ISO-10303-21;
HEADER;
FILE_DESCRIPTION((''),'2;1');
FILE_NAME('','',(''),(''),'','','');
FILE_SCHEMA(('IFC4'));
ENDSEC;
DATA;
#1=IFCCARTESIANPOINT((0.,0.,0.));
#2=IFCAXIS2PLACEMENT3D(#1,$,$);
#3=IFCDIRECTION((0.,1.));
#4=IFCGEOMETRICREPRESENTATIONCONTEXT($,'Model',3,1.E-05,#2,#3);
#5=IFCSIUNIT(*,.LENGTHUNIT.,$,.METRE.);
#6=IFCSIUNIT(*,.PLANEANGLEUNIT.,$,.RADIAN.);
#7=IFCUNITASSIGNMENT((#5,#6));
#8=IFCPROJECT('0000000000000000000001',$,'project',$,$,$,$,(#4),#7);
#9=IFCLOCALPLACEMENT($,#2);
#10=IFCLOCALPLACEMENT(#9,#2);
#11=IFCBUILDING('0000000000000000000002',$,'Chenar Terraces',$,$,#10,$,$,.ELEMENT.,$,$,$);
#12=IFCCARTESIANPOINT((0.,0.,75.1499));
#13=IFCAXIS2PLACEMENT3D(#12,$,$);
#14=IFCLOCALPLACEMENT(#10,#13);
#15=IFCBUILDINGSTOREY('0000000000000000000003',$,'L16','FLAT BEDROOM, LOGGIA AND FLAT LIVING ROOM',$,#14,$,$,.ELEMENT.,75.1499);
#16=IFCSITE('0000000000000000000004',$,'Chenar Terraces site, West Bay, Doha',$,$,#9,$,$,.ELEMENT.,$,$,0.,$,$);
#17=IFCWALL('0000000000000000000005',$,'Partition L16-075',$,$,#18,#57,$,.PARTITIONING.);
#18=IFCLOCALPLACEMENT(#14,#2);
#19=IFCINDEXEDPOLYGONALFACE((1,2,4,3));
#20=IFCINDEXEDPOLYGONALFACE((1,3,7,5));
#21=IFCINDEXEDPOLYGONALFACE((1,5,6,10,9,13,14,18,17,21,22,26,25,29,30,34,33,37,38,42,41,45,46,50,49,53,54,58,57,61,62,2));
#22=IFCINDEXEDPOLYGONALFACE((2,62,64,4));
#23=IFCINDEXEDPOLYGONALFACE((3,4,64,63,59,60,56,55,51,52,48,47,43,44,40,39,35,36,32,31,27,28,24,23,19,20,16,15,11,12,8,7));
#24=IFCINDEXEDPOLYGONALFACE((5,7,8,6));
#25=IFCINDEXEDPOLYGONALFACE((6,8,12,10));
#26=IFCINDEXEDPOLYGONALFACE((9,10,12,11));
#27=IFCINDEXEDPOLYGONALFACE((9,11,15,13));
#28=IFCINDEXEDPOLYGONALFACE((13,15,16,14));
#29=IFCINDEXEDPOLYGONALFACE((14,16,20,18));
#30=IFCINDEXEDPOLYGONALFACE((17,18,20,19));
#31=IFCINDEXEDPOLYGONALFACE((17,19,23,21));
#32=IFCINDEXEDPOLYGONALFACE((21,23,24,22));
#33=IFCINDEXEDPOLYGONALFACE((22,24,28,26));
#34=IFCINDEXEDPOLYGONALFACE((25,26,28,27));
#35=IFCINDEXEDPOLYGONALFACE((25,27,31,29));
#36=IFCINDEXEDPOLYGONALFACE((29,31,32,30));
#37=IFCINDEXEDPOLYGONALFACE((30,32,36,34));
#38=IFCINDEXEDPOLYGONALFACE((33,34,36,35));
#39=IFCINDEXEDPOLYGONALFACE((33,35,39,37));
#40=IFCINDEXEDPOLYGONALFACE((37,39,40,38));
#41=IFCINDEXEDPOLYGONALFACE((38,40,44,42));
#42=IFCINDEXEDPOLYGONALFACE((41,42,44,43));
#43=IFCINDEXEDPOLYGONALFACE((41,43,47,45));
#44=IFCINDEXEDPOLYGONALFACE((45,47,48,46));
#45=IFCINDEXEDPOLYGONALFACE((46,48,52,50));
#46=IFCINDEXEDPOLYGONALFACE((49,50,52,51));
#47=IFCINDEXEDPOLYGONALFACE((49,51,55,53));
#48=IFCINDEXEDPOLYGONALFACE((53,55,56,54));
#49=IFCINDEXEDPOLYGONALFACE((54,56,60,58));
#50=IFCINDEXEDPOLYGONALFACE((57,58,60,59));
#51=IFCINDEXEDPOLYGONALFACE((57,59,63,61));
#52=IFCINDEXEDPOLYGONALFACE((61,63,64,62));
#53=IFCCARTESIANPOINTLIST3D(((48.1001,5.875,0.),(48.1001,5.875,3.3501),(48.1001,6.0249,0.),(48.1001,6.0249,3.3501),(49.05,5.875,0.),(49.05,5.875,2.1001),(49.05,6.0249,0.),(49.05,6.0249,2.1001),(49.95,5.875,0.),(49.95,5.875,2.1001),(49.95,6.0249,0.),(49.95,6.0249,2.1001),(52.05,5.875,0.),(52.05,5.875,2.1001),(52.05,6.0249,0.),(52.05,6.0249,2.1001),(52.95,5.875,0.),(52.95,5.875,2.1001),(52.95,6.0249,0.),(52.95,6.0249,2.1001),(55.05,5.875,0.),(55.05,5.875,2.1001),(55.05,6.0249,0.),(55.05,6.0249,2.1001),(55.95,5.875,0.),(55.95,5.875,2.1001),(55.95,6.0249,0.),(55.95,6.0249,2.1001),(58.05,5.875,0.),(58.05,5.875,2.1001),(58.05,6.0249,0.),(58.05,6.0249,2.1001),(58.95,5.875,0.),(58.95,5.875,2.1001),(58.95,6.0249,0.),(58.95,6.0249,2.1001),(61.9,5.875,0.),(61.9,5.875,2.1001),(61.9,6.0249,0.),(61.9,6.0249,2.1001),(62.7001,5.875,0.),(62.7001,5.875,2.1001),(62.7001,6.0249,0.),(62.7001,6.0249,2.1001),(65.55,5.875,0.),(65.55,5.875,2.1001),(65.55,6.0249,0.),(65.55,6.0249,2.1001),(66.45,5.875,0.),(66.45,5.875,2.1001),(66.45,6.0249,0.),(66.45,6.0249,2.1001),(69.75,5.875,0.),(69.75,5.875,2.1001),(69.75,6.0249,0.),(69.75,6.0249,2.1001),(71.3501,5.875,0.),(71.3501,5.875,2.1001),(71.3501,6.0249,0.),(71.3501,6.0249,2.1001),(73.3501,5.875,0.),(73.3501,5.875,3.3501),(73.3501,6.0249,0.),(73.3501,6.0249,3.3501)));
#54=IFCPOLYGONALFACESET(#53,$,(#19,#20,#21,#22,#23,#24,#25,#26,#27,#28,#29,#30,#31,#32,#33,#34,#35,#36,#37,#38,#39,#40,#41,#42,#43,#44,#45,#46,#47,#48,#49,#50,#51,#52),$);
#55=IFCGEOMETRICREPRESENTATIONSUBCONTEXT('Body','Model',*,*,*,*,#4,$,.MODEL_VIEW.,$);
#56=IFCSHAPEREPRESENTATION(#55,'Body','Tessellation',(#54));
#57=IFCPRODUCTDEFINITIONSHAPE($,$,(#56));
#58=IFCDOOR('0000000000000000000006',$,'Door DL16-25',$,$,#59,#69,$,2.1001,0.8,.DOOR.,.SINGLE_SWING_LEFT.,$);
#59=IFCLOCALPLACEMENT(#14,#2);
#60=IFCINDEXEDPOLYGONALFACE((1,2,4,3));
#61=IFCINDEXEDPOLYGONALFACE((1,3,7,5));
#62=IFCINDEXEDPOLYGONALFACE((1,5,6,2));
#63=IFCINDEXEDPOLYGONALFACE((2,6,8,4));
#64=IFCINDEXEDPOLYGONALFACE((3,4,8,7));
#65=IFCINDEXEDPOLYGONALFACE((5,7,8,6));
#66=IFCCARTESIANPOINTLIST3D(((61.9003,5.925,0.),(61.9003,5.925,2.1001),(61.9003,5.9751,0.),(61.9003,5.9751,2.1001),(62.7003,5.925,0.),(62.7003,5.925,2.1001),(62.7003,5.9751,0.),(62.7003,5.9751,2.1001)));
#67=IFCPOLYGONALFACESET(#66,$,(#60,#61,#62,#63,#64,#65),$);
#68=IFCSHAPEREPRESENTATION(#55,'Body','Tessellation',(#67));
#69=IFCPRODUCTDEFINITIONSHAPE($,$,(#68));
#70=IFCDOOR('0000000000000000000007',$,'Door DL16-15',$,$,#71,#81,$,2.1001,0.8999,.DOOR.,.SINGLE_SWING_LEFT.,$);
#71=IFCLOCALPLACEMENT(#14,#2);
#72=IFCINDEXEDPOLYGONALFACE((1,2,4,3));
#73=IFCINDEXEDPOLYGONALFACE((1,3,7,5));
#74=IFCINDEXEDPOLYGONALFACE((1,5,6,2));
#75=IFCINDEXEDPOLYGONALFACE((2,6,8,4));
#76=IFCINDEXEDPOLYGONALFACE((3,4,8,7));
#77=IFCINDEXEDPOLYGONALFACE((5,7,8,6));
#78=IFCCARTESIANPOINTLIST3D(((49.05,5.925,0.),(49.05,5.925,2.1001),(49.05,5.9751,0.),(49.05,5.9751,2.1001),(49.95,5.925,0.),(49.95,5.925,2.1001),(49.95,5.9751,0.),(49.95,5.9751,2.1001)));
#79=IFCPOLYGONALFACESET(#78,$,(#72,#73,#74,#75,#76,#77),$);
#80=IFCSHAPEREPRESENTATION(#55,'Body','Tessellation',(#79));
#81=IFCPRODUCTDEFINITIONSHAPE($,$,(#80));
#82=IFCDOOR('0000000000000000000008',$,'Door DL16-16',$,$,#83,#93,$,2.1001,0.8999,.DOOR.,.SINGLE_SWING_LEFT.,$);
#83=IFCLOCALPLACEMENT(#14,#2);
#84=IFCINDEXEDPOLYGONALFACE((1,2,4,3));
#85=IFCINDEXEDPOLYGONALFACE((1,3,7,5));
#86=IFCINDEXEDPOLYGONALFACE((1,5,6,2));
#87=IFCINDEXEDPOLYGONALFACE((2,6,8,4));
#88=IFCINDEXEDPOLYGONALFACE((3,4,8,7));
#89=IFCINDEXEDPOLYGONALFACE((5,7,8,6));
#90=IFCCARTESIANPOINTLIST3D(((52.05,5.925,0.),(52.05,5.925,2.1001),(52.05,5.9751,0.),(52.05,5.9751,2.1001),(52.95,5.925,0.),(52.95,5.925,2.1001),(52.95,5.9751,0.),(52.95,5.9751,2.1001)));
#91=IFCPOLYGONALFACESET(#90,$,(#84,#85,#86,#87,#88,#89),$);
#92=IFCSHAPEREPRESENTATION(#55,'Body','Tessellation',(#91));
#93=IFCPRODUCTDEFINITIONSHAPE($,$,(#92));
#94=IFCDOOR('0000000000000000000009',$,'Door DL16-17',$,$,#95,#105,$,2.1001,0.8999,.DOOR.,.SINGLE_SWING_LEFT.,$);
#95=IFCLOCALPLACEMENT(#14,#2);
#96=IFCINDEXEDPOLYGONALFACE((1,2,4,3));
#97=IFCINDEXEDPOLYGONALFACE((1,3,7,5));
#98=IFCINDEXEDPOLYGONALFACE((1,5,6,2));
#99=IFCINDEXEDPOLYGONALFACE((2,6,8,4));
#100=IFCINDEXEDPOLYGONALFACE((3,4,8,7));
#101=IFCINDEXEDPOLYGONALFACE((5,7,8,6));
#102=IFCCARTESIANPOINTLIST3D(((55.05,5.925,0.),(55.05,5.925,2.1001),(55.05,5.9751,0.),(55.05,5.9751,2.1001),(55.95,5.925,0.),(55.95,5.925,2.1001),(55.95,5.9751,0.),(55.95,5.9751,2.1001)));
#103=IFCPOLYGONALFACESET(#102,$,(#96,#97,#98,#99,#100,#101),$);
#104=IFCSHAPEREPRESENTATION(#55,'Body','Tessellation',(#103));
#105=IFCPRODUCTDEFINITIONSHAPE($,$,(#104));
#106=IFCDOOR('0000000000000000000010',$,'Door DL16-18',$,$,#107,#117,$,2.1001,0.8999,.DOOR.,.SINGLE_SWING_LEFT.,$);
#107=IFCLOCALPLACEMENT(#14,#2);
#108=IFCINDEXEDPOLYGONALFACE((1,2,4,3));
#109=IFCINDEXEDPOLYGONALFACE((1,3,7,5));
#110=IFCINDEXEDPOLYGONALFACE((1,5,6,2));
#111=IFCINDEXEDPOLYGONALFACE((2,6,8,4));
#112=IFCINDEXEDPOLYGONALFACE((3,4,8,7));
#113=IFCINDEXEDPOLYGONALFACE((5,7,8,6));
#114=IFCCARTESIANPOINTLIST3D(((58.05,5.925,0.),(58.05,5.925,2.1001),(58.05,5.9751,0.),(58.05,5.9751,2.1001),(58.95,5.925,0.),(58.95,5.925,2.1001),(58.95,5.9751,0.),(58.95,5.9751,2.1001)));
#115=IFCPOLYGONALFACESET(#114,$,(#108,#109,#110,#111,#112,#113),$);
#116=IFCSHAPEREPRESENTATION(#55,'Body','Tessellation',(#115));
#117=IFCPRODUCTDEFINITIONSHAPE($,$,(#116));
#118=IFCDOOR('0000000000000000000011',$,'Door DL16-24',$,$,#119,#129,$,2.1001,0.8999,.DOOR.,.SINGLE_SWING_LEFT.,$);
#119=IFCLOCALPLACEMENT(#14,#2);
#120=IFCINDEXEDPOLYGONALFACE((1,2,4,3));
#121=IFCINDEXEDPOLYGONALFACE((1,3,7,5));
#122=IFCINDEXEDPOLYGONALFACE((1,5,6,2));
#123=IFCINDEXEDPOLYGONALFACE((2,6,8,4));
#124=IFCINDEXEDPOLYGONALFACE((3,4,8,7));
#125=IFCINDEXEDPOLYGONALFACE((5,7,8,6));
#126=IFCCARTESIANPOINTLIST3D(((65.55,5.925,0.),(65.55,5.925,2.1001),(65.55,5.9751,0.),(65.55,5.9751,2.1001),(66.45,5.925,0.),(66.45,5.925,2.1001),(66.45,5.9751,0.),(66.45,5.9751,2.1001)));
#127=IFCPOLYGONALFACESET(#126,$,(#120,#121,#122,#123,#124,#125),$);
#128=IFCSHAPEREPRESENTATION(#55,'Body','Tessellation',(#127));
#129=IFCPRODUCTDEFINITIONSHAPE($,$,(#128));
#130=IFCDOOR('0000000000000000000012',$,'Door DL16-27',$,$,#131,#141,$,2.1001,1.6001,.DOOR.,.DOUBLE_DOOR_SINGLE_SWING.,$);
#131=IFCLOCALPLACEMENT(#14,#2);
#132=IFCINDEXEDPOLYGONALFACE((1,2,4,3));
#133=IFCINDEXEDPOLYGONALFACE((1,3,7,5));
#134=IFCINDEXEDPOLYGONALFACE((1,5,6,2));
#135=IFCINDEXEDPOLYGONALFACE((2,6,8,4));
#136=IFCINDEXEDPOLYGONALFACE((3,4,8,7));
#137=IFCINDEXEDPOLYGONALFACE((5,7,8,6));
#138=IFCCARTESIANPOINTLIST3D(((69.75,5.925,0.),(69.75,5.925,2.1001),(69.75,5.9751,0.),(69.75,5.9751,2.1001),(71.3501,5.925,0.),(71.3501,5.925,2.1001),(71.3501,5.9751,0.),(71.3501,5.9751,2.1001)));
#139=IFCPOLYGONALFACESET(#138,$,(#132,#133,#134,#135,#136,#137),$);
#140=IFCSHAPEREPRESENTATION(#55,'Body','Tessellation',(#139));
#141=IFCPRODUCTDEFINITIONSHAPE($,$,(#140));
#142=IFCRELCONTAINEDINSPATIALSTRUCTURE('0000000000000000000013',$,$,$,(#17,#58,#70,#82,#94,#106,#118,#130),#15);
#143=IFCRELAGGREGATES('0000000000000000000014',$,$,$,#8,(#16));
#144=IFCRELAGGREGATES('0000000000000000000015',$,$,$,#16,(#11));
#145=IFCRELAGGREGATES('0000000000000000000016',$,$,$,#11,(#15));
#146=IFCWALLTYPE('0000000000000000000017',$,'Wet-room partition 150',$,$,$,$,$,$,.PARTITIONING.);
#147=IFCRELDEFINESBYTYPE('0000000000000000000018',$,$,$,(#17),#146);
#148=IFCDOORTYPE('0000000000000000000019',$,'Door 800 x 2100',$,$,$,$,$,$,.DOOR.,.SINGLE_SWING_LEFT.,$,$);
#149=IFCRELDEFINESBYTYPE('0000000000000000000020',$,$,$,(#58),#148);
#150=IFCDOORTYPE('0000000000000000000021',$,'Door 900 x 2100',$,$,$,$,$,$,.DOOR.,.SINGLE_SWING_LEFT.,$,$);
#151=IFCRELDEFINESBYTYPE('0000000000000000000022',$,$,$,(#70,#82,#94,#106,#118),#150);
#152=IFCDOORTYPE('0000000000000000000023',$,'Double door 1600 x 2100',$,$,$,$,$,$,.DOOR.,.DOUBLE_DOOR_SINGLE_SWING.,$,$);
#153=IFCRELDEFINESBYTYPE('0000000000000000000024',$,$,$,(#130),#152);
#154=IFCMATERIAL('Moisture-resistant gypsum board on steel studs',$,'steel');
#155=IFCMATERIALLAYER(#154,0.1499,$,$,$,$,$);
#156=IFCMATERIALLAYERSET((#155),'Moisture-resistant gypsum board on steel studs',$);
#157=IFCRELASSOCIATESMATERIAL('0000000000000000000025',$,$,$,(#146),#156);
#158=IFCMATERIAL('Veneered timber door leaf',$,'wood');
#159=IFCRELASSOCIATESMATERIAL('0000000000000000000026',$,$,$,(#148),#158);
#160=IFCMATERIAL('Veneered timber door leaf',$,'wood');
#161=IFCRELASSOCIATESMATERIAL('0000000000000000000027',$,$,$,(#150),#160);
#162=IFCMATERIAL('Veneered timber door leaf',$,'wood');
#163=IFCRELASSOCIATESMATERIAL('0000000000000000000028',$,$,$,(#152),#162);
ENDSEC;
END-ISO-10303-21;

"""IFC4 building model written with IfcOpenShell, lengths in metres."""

from ifc_helpers import new_model, si_unit, direction, frame, frame_2d, origin, place, context, subcontext, project, spatial, rectangle, extrude, material, layer, layer_set, type_object, element, fill, save


model = new_model("IFC4")

# Units and contexts
model_context = context("Model", 3, precision=1e-05, world=origin(), true_north=direction((0.0, 1.0)))
body_context = subcontext(model_context, "Body", "Model", "MODEL_VIEW")
ifc_project = project(units=[si_unit("LENGTHUNIT", "METRE"), si_unit("PLANEANGLEUNIT", "RADIAN")], contexts=[model_context])

# Site, building, storey
site_placement = place(None, origin())
site = spatial("IfcSite", under=ifc_project, at=site_placement, Name="Chenar Terraces site, West Bay, Doha", CompositionType="ELEMENT", RefElevation=0.0)
building_placement = place(site_placement, origin())
building = spatial("IfcBuilding", under=site, at=building_placement, Name="Chenar Terraces", CompositionType="ELEMENT")
storey_placement = place(building_placement, frame((0.0, 0.0, 75.1499)))
storey = spatial("IfcBuildingStorey", under=building, at=storey_placement, Name="L16", Description="FLAT BEDROOM, LOGGIA AND FLAT LIVING ROOM", CompositionType="ELEMENT", Elevation=75.1499)

# Wall, openings, doors
ifc_material_1 = material(Name="Moisture-resistant gypsum board on steel studs", Category="steel")
ifc_layer_1 = layer(ifc_material_1, 0.1499)
ifc_layer_set_1 = layer_set([ifc_layer_1], Name="Moisture-resistant gypsum board on steel studs")
wall_type_1 = type_object("IfcWallType", Name="Wet-room partition 150", PredefinedType="PARTITIONING", material=ifc_layer_set_1)
wall_1_placement = place(storey_placement, frame((48.1001, 5.95, 0.0), z_axis=(0.0, 0.0, 1.0), x_axis=(1.0, 0.0, 0.0)))
wall_1 = element("IfcWall", 1, at=wall_1_placement, inside=storey, type_object=wall_type_1, Name="Partition L16-075", PredefinedType="PARTITIONING", context=body_context, shape_type="SweptSolid", body=[
    extrude(rectangle(XDim=25.25, YDim=0.1499, at=frame_2d((12.625, 0.0))), origin(), (0.0, 0.0, 1.0), 3.3501),
])
opening_1_placement = place(wall_1_placement, frame((0.95, 0.0, 0.0)))
opening_1 = element("IfcOpeningElement", 2, at=opening_1_placement, cuts=wall_1, PredefinedType="OPENING", context=body_context, shape_type="SweptSolid", body=[
    extrude(rectangle(XDim=0.8999, YDim=2.1001, at=frame_2d((0.45, 1.05))), frame((0.0, 0.085, 0.0), z_axis=(0.0, -1.0, 0.0), x_axis=(1.0, 0.0, 0.0)), (0.0, 0.0, 1.0), 0.1699),
])
opening_2_placement = place(wall_1_placement, frame((3.95, 0.0, 0.0)))
opening_2 = element("IfcOpeningElement", 3, at=opening_2_placement, cuts=wall_1, PredefinedType="OPENING", context=body_context, shape_type="SweptSolid", body=[
    extrude(rectangle(XDim=0.8999, YDim=2.1001, at=frame_2d((0.45, 1.05))), frame((0.0, 0.085, 0.0), z_axis=(0.0, -1.0, 0.0), x_axis=(1.0, 0.0, 0.0)), (0.0, 0.0, 1.0), 0.1699),
])
opening_3_placement = place(wall_1_placement, frame((6.95, 0.0, 0.0)))
opening_3 = element("IfcOpeningElement", 4, at=opening_3_placement, cuts=wall_1, PredefinedType="OPENING", context=body_context, shape_type="SweptSolid", body=[
    extrude(rectangle(XDim=0.8999, YDim=2.1001, at=frame_2d((0.45, 1.05))), frame((0.0, 0.085, 0.0), z_axis=(0.0, -1.0, 0.0), x_axis=(1.0, 0.0, 0.0)), (0.0, 0.0, 1.0), 0.1699),
])
opening_4_placement = place(wall_1_placement, frame((9.95, 0.0, 0.0)))
opening_4 = element("IfcOpeningElement", 5, at=opening_4_placement, cuts=wall_1, PredefinedType="OPENING", context=body_context, shape_type="SweptSolid", body=[
    extrude(rectangle(XDim=0.8999, YDim=2.1001, at=frame_2d((0.45, 1.05))), frame((0.0, 0.085, 0.0), z_axis=(0.0, -1.0, 0.0), x_axis=(1.0, 0.0, 0.0)), (0.0, 0.0, 1.0), 0.1699),
])
opening_5_placement = place(wall_1_placement, frame((17.45, 0.0, 0.0)))
opening_5 = element("IfcOpeningElement", 6, at=opening_5_placement, cuts=wall_1, PredefinedType="OPENING", context=body_context, shape_type="SweptSolid", body=[
    extrude(rectangle(XDim=0.8999, YDim=2.1001, at=frame_2d((0.45, 1.05))), frame((0.0, 0.085, 0.0), z_axis=(0.0, -1.0, 0.0), x_axis=(1.0, 0.0, 0.0)), (0.0, 0.0, 1.0), 0.1699),
])
opening_6_placement = place(wall_1_placement, frame((13.8, 0.0, 0.0)))
opening_6 = element("IfcOpeningElement", 7, at=opening_6_placement, cuts=wall_1, PredefinedType="OPENING", context=body_context, shape_type="SweptSolid", body=[
    extrude(rectangle(XDim=0.8, YDim=2.1001, at=frame_2d((0.3999, 1.05))), frame((0.0, 0.085, 0.0), z_axis=(0.0, -1.0, 0.0), x_axis=(1.0, 0.0, 0.0)), (0.0, 0.0, 1.0), 0.1699),
])
opening_7_placement = place(wall_1_placement, frame((21.6499, 0.0, 0.0)))
opening_7 = element("IfcOpeningElement", 8, at=opening_7_placement, cuts=wall_1, PredefinedType="OPENING", context=body_context, shape_type="SweptSolid", body=[
    extrude(rectangle(XDim=1.6001, YDim=2.1001, at=frame_2d((0.8, 1.05))), frame((0.0, 0.085, 0.0), z_axis=(0.0, -1.0, 0.0), x_axis=(1.0, 0.0, 0.0)), (0.0, 0.0, 1.0), 0.1699),
])
ifc_material_2 = material(Name="Veneered timber door leaf", Category="wood")
door_type_1 = type_object("IfcDoorType", Name="Door 800 x 2100", OperationType="SINGLE_SWING_LEFT", PredefinedType="DOOR", material=ifc_material_2)
door_1_placement = place(opening_6_placement, frame((0.8, 0.0, 0.0), z_axis=(0.0, 0.0, 1.0), x_axis=(-1.0, 0.0, 0.0)))
door_1 = element("IfcDoor", 9, at=door_1_placement, inside=storey, type_object=door_type_1, Name="Door DL16-25", OperationType="SINGLE_SWING_LEFT", OverallHeight=2.1001, OverallWidth=0.8, PredefinedType="DOOR", context=body_context, shape_type="SweptSolid", body=[
    extrude(rectangle(XDim=0.8, YDim=2.1001, at=frame_2d((0.3999, 1.05))), frame((0.0, 0.0249, 0.0), z_axis=(0.0, -1.0, 0.0), x_axis=(1.0, 0.0, 0.0)), (0.0, 0.0, 1.0), 0.05),
])
fill(opening_6, door_1)
ifc_material_3 = material(Name="Veneered timber door leaf", Category="wood")
door_type_2 = type_object("IfcDoorType", Name="Door 900 x 2100", OperationType="SINGLE_SWING_LEFT", PredefinedType="DOOR", material=ifc_material_3)
door_2_placement = place(opening_1_placement, frame((0.8999, 0.0, 0.0), z_axis=(0.0, 0.0, 1.0), x_axis=(-1.0, 0.0, 0.0)))
door_2 = element("IfcDoor", 10, at=door_2_placement, inside=storey, type_object=door_type_2, Name="Door DL16-15", OperationType="SINGLE_SWING_LEFT", OverallHeight=2.1001, OverallWidth=0.8999, PredefinedType="DOOR", context=body_context, shape_type="SweptSolid", body=[
    extrude(rectangle(XDim=0.8999, YDim=2.1001, at=frame_2d((0.45, 1.05))), frame((0.0, 0.0249, 0.0), z_axis=(0.0, -1.0, 0.0), x_axis=(1.0, 0.0, 0.0)), (0.0, 0.0, 1.0), 0.05),
])
fill(opening_1, door_2)
door_3_placement = place(opening_2_placement, frame((0.8999, 0.0, 0.0), z_axis=(0.0, 0.0, 1.0), x_axis=(-1.0, 0.0, 0.0)))
door_3 = element("IfcDoor", 11, at=door_3_placement, inside=storey, type_object=door_type_2, Name="Door DL16-16", OperationType="SINGLE_SWING_LEFT", OverallHeight=2.1001, OverallWidth=0.8999, PredefinedType="DOOR", context=body_context, shape_type="SweptSolid", body=[
    extrude(rectangle(XDim=0.8999, YDim=2.1001, at=frame_2d((0.45, 1.05))), frame((0.0, 0.0249, 0.0), z_axis=(0.0, -1.0, 0.0), x_axis=(1.0, 0.0, 0.0)), (0.0, 0.0, 1.0), 0.05),
])
fill(opening_2, door_3)
door_4_placement = place(opening_3_placement, frame((0.8999, 0.0, 0.0), z_axis=(0.0, 0.0, 1.0), x_axis=(-1.0, 0.0, 0.0)))
door_4 = element("IfcDoor", 12, at=door_4_placement, inside=storey, type_object=door_type_2, Name="Door DL16-17", OperationType="SINGLE_SWING_LEFT", OverallHeight=2.1001, OverallWidth=0.8999, PredefinedType="DOOR", context=body_context, shape_type="SweptSolid", body=[
    extrude(rectangle(XDim=0.8999, YDim=2.1001, at=frame_2d((0.45, 1.05))), frame((0.0, 0.0249, 0.0), z_axis=(0.0, -1.0, 0.0), x_axis=(1.0, 0.0, 0.0)), (0.0, 0.0, 1.0), 0.05),
])
fill(opening_3, door_4)
door_5_placement = place(opening_4_placement, frame((0.8999, 0.0, 0.0), z_axis=(0.0, 0.0, 1.0), x_axis=(-1.0, 0.0, 0.0)))
door_5 = element("IfcDoor", 13, at=door_5_placement, inside=storey, type_object=door_type_2, Name="Door DL16-18", OperationType="SINGLE_SWING_LEFT", OverallHeight=2.1001, OverallWidth=0.8999, PredefinedType="DOOR", context=body_context, shape_type="SweptSolid", body=[
    extrude(rectangle(XDim=0.8999, YDim=2.1001, at=frame_2d((0.45, 1.05))), frame((0.0, 0.0249, 0.0), z_axis=(0.0, -1.0, 0.0), x_axis=(1.0, 0.0, 0.0)), (0.0, 0.0, 1.0), 0.05),
])
fill(opening_4, door_5)
door_6_placement = place(opening_5_placement, frame((0.8999, 0.0, 0.0), z_axis=(0.0, 0.0, 1.0), x_axis=(-1.0, 0.0, 0.0)))
door_6 = element("IfcDoor", 14, at=door_6_placement, inside=storey, type_object=door_type_2, Name="Door DL16-24", OperationType="SINGLE_SWING_LEFT", OverallHeight=2.1001, OverallWidth=0.8999, PredefinedType="DOOR", context=body_context, shape_type="SweptSolid", body=[
    extrude(rectangle(XDim=0.8999, YDim=2.1001, at=frame_2d((0.45, 1.05))), frame((0.0, 0.0249, 0.0), z_axis=(0.0, -1.0, 0.0), x_axis=(1.0, 0.0, 0.0)), (0.0, 0.0, 1.0), 0.05),
])
fill(opening_5, door_6)
ifc_material_4 = material(Name="Veneered timber door leaf", Category="wood")
door_type_3 = type_object("IfcDoorType", Name="Double door 1600 x 2100", OperationType="DOUBLE_DOOR_SINGLE_SWING", PredefinedType="DOOR", material=ifc_material_4)
door_7_placement = place(opening_7_placement, frame((1.6001, 0.0, 0.0), z_axis=(0.0, 0.0, 1.0), x_axis=(-1.0, 0.0, 0.0)))
door_7 = element("IfcDoor", 15, at=door_7_placement, inside=storey, type_object=door_type_3, Name="Door DL16-27", OperationType="DOUBLE_DOOR_SINGLE_SWING", OverallHeight=2.1001, OverallWidth=1.6001, PredefinedType="DOOR", context=body_context, shape_type="SweptSolid", body=[
    extrude(rectangle(XDim=1.6001, YDim=2.1001, at=frame_2d((0.8, 1.05))), frame((0.0, 0.0249, 0.0), z_axis=(0.0, -1.0, 0.0), x_axis=(1.0, 0.0, 0.0)), (0.0, 0.0, 1.0), 0.05),
])
fill(opening_7, door_7)

save(model, "model.ifc")
